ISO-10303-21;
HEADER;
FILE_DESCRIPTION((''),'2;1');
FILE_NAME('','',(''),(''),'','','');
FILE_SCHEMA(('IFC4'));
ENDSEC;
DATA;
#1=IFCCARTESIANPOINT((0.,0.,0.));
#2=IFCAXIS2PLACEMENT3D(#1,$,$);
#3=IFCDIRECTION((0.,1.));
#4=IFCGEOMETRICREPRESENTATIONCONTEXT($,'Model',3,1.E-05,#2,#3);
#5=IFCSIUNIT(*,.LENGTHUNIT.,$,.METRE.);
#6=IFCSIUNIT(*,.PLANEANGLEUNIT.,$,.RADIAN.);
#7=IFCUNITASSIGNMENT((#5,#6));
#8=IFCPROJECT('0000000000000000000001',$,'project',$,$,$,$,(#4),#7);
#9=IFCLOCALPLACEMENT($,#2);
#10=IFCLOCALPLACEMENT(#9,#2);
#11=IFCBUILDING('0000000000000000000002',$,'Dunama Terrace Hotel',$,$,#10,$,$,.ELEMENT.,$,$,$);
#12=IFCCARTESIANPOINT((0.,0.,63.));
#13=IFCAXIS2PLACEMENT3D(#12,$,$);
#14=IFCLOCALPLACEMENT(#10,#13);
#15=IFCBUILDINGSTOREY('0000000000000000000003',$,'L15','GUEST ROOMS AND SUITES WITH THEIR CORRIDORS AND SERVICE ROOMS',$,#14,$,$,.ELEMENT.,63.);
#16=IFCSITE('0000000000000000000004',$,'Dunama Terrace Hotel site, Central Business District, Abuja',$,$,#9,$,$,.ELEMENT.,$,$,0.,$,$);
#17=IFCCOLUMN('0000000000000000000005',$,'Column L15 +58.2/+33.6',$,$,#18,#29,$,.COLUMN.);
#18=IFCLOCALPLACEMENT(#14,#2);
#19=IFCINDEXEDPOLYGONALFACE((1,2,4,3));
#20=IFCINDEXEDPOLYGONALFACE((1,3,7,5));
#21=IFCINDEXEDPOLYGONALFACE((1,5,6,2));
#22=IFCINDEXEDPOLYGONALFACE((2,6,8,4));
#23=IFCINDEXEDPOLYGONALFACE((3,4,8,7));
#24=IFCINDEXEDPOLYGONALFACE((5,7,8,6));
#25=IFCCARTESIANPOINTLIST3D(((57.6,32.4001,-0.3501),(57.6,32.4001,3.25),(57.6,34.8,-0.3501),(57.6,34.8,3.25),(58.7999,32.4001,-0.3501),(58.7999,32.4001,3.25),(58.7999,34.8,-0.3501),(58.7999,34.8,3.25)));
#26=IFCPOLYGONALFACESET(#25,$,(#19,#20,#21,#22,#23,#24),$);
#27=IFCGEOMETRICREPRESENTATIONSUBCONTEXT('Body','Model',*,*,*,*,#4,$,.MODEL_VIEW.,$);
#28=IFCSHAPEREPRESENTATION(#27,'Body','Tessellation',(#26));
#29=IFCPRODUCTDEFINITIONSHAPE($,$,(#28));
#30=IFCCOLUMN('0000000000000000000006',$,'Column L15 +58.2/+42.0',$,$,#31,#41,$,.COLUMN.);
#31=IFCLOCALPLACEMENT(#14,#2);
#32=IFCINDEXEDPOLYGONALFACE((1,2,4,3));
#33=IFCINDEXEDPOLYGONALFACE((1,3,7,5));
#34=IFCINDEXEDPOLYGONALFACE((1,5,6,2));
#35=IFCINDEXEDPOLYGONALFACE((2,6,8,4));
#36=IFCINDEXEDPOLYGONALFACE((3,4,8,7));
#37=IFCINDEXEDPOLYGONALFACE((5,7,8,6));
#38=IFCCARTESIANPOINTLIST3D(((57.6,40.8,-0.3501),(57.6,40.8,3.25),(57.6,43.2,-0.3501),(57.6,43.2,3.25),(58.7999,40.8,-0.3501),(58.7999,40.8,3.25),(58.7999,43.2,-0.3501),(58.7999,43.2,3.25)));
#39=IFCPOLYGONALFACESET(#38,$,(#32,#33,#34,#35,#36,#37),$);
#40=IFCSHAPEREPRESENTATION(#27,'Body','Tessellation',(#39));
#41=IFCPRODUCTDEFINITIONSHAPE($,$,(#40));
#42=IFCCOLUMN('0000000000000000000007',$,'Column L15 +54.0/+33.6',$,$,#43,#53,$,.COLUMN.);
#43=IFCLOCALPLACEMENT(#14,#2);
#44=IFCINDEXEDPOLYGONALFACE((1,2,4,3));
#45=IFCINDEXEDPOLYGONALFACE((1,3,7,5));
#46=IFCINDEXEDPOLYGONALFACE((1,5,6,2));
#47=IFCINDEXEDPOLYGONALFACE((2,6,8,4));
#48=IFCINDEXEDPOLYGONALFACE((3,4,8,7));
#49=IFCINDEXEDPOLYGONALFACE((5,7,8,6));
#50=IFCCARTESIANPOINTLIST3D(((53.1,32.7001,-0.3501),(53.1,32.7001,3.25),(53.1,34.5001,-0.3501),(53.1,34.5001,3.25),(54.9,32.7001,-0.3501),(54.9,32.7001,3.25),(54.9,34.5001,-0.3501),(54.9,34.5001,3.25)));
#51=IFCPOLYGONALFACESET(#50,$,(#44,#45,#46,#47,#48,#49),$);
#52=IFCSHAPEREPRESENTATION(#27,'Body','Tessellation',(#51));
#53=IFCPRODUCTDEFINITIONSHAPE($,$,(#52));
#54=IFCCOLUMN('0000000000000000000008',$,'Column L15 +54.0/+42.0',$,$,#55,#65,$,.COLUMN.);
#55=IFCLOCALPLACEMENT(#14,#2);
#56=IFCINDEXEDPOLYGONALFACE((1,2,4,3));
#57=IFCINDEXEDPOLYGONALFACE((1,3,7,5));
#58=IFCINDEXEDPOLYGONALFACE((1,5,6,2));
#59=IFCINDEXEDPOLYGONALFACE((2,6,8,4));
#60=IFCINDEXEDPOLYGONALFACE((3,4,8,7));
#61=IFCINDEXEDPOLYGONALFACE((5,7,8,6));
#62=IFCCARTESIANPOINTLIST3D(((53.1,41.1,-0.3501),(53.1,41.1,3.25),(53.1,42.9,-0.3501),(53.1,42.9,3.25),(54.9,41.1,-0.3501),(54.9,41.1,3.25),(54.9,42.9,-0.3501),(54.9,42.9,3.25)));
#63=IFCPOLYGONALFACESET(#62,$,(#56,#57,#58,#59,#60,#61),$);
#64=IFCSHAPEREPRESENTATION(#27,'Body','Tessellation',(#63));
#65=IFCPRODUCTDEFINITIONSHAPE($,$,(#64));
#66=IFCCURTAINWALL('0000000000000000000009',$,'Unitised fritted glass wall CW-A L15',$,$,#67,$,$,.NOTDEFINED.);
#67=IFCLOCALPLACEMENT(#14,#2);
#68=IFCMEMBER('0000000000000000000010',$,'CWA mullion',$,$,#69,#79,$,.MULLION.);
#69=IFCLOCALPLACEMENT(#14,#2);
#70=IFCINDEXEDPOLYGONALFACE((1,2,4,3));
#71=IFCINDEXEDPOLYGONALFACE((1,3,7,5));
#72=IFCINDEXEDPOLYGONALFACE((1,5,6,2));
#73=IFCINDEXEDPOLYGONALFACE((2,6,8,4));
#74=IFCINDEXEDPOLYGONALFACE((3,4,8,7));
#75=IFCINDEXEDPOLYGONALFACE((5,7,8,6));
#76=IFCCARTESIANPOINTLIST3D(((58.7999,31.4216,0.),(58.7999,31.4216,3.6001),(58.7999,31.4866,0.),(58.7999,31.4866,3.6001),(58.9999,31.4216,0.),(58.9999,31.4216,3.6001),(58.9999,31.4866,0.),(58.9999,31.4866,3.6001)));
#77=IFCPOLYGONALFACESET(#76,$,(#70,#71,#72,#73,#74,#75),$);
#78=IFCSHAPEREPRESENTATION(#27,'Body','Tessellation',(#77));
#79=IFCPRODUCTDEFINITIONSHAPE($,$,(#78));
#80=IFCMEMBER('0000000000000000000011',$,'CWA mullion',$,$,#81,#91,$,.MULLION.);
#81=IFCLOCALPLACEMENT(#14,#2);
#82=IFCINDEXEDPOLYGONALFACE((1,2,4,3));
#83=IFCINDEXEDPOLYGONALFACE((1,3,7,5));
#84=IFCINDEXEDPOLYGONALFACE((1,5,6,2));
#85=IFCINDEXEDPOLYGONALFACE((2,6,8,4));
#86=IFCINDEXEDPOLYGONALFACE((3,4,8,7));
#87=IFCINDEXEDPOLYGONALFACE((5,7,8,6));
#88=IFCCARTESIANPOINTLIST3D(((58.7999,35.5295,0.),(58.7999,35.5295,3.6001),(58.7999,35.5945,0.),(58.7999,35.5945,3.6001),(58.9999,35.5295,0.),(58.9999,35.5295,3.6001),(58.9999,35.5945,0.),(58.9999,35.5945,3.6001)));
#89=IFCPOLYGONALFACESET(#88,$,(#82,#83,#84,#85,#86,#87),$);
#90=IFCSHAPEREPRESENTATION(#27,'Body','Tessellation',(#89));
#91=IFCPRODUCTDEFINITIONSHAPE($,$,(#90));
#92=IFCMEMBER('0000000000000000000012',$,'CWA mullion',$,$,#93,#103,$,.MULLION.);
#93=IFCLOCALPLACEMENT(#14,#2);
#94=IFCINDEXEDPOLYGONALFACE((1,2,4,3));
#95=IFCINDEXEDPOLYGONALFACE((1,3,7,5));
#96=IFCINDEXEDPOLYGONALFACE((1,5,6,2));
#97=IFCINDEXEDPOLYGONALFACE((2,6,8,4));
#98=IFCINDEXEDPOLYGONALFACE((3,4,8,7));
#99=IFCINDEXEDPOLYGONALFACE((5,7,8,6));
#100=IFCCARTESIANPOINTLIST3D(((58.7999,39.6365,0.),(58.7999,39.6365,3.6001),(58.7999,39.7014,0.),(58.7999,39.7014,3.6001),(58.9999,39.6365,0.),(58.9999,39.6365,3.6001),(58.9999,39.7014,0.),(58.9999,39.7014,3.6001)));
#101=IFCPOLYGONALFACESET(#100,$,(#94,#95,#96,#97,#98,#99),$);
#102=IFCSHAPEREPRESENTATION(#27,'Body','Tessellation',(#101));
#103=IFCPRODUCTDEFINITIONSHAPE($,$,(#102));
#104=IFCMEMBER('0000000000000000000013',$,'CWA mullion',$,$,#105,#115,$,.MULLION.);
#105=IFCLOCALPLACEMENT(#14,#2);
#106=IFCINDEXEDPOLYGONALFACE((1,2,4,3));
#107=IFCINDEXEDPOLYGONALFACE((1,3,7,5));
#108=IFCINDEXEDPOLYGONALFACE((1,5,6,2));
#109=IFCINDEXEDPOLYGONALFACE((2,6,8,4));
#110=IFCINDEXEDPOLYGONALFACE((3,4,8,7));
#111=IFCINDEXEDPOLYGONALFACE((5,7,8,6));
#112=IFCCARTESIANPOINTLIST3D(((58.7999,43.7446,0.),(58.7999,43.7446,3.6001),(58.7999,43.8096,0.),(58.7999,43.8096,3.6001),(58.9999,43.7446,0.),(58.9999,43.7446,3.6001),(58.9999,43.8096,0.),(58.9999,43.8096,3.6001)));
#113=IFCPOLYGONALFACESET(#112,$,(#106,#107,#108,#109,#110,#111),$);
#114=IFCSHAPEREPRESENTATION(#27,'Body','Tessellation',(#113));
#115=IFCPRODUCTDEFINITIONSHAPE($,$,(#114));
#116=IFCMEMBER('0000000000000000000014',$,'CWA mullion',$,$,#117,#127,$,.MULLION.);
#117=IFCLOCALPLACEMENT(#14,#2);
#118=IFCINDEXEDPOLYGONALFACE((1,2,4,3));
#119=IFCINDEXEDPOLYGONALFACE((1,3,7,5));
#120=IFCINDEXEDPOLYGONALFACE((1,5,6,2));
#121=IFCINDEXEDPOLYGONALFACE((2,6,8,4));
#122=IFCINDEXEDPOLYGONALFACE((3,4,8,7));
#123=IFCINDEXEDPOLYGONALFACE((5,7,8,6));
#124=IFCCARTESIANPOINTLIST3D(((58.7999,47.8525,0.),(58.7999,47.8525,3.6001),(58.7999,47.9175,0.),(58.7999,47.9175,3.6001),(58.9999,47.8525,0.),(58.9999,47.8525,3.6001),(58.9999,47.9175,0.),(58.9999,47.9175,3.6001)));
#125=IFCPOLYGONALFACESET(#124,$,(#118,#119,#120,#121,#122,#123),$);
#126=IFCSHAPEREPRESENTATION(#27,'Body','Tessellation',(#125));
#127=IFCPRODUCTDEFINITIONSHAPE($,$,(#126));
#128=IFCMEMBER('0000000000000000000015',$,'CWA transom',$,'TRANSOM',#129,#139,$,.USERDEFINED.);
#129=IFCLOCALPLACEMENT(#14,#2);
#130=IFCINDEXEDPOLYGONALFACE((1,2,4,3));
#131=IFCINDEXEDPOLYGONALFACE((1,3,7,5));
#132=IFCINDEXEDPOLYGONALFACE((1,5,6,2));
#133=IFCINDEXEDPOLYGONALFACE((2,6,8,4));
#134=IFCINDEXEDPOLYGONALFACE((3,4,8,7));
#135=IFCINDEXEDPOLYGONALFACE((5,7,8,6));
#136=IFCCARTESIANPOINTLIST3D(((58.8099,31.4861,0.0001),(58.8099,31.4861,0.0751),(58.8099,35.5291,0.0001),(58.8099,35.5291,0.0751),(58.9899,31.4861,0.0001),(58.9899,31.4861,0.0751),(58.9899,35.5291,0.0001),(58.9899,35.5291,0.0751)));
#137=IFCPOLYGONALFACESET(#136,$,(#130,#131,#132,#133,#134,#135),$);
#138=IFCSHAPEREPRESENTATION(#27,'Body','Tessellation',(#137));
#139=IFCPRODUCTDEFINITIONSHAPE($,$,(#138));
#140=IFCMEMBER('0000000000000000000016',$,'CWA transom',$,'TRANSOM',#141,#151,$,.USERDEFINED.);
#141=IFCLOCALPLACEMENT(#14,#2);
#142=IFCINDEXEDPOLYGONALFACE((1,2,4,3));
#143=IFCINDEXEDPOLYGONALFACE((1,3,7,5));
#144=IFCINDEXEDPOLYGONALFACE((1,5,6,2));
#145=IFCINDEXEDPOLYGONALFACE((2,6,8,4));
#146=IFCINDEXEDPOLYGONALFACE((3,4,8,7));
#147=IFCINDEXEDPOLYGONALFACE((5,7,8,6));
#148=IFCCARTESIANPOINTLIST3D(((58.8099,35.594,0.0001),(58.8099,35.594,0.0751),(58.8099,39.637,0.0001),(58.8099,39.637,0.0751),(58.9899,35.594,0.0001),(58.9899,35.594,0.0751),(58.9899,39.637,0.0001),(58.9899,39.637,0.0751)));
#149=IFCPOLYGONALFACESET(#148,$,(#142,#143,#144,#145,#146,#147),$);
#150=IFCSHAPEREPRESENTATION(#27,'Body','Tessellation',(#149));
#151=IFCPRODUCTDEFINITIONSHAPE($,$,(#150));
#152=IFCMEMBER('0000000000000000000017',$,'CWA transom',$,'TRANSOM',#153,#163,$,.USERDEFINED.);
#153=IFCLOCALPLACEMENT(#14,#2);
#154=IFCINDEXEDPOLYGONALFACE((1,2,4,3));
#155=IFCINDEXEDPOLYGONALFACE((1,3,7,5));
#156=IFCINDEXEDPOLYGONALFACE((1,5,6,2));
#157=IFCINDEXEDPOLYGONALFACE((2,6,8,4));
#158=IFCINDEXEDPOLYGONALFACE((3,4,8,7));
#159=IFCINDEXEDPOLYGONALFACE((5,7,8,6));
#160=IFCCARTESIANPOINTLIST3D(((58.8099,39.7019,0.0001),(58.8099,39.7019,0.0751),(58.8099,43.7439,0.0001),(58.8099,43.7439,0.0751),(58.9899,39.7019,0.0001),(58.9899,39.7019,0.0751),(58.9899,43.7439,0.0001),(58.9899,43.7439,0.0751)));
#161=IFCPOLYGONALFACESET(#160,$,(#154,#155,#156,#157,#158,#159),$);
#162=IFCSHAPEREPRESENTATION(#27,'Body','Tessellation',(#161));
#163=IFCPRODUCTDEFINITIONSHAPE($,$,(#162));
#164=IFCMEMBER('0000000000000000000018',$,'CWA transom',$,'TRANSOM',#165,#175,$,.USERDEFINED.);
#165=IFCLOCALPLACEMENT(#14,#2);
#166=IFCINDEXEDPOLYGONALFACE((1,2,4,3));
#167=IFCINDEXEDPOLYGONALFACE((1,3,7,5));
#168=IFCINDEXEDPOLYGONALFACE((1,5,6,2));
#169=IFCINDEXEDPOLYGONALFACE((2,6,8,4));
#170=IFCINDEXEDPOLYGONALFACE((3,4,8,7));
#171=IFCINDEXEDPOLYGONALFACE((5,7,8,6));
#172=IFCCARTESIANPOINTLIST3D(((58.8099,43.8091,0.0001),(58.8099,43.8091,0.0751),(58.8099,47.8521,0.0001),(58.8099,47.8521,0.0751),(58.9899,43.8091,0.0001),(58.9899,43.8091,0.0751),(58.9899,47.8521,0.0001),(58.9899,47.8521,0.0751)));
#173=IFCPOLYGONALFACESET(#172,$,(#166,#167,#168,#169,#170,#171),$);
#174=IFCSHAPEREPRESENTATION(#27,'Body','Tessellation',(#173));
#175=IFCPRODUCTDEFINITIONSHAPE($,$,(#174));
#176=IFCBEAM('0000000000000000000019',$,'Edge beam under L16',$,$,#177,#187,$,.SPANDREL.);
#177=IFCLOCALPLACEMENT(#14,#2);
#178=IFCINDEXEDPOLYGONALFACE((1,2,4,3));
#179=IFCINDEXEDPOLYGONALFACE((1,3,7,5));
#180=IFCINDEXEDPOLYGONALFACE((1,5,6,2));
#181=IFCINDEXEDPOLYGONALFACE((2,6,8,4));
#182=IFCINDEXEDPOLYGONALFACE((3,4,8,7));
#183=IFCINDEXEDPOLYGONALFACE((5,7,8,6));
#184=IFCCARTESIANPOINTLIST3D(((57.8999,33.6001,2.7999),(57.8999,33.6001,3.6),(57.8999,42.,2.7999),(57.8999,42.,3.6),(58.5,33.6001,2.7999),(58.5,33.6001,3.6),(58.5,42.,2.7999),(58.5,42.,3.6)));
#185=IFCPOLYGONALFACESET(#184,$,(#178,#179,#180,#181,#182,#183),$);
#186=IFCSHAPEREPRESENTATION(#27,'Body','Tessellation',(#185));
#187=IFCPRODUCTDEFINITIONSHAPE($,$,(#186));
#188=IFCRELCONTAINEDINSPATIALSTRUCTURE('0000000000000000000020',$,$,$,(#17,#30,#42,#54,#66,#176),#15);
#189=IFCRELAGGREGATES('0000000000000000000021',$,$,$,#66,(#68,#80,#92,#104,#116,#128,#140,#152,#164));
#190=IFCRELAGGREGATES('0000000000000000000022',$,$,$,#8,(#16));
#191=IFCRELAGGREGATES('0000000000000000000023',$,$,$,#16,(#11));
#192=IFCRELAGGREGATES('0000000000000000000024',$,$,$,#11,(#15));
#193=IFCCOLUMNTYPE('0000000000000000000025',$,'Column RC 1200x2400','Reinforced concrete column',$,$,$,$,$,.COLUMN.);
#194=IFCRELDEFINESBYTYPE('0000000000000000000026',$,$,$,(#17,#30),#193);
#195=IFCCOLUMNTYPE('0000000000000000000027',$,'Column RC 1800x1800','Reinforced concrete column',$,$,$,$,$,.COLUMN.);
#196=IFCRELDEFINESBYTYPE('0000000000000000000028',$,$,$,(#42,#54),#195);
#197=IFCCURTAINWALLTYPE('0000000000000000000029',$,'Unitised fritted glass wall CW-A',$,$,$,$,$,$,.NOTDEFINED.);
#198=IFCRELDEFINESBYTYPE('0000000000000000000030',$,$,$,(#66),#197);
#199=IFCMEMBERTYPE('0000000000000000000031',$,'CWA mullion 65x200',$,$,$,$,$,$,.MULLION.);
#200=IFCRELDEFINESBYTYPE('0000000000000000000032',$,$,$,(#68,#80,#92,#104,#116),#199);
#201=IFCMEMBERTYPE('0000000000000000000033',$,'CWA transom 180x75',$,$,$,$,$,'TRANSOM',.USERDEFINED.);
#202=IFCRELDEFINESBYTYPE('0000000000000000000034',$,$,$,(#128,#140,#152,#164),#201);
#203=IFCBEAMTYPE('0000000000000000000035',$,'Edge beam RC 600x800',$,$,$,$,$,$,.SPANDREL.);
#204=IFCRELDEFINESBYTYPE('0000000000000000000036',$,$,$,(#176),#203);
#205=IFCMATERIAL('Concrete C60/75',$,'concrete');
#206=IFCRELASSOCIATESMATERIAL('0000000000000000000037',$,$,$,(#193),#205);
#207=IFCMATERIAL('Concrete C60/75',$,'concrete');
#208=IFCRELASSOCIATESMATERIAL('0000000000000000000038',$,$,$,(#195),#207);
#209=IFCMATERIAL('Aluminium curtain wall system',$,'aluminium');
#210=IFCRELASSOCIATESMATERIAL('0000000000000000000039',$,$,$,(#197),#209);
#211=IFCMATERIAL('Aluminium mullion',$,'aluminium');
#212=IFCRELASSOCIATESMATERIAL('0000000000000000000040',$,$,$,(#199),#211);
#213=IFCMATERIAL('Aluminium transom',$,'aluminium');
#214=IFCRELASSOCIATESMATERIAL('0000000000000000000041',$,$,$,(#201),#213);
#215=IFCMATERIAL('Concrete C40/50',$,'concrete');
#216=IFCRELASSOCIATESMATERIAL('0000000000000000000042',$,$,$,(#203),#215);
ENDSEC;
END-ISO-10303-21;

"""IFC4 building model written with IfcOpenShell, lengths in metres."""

from ifc_helpers import new_model, si_unit, direction, frame, origin, origin_2d, place, context, subcontext, project, spatial, rectangle, extrude, material, material_profile, profile_set, type_object, element, aggregate, save


model = new_model("IFC4")

# Units and contexts
model_context = context("Model", 3, precision=1e-05, world=origin(), true_north=direction((0.0, 1.0)))
body_context = subcontext(model_context, "Body", "Model", "MODEL_VIEW")
ifc_project = project(units=[si_unit("LENGTHUNIT", "METRE"), si_unit("PLANEANGLEUNIT", "RADIAN")], contexts=[model_context])

# Site, building, storey
site_placement = place(None, origin())
site = spatial("IfcSite", under=ifc_project, at=site_placement, Name="Dunama Terrace Hotel site, Central Business District, Abuja", CompositionType="ELEMENT", RefElevation=0.0)
building_placement = place(site_placement, origin())
building = spatial("IfcBuilding", under=site, at=building_placement, Name="Dunama Terrace Hotel", CompositionType="ELEMENT")
storey_placement = place(building_placement, frame((0.0, 0.0, 63.0)))
storey = spatial("IfcBuildingStorey", under=building, at=storey_placement, Name="L15", Description="GUEST ROOMS AND SUITES WITH THEIR CORRIDORS AND SERVICE ROOMS", CompositionType="ELEMENT", Elevation=63.0)

# Columns
ifc_material_1 = material(Name="Concrete C60/75", Category="concrete")
ifc_material_profile_1 = material_profile(ifc_material_1, rectangle(XDim=1.2, YDim=2.3999, at=origin_2d()), Name="RC 1200x2400")
ifc_profile_set_1 = profile_set([ifc_material_profile_1], Name="Concrete C60/75")
column_type_1 = type_object("IfcColumnType", Name="Column RC 1200x2400", Description="Reinforced concrete column", PredefinedType="COLUMN", material=ifc_profile_set_1)
for number, where, z_axis, x_axis, name in (
    (1, (58.2, 33.6001, -0.3501), (0.0, 0.0, 1.0), (1.0, 0.0, 0.0), "Column L15 +58.2/+33.6"),
    (2, (58.2, 42.0, -0.3501), (0.0, 0.0, 1.0), (1.0, 0.0, 0.0), "Column L15 +58.2/+42.0"),
):
    element("IfcColumn", number, at=place(storey_placement, frame(where, z_axis=z_axis, x_axis=x_axis)), inside=storey, type_object=column_type_1, Name=name, PredefinedType="COLUMN", context=body_context, shape_type="SweptSolid", body=[
        extrude(rectangle(XDim=1.2, YDim=2.3999, at=origin_2d()), origin(), (0.0, 0.0, 1.0), 3.6001),
    ])
ifc_material_2 = material(Name="Concrete C60/75", Category="concrete")
ifc_material_profile_2 = material_profile(ifc_material_2, rectangle(XDim=1.8, YDim=1.8, at=origin_2d()), Name="RC 1800x1800")
ifc_profile_set_2 = profile_set([ifc_material_profile_2], Name="Concrete C60/75")
column_type_2 = type_object("IfcColumnType", Name="Column RC 1800x1800", Description="Reinforced concrete column", PredefinedType="COLUMN", material=ifc_profile_set_2)
for number, where, z_axis, x_axis, name in (
    (3, (54.0, 33.6001, -0.3501), (0.0, 0.0, 1.0), (1.0, 0.0, 0.0), "Column L15 +54.0/+33.6"),
    (4, (54.0, 42.0, -0.3501), (0.0, 0.0, 1.0), (1.0, 0.0, 0.0), "Column L15 +54.0/+42.0"),
):
    element("IfcColumn", number, at=place(storey_placement, frame(where, z_axis=z_axis, x_axis=x_axis)), inside=storey, type_object=column_type_2, Name=name, PredefinedType="COLUMN", context=body_context, shape_type="SweptSolid", body=[
        extrude(rectangle(XDim=1.8, YDim=1.8, at=origin_2d()), origin(), (0.0, 0.0, 1.0), 3.6001),
    ])

# Curtain wall, members
ifc_material_3 = material(Name="Aluminium curtain wall system", Category="aluminium")
curtain_wall_type = type_object("IfcCurtainWallType", Name="Unitised fritted glass wall CW-A", PredefinedType="NOTDEFINED", material=ifc_material_3)
curtain_wall_placement = place(storey_placement, origin())
curtain_wall = element("IfcCurtainWall", 5, at=curtain_wall_placement, inside=storey, type_object=curtain_wall_type, Name="Unitised fritted glass wall CW-A L15", PredefinedType="NOTDEFINED")
ifc_material_4 = material(Name="Aluminium mullion", Category="aluminium")
ifc_material_profile_3 = material_profile(ifc_material_4, rectangle(XDim=0.0649, YDim=0.2, at=origin_2d()), Name="CWA MULLION 65X200")
ifc_profile_set_3 = profile_set([ifc_material_profile_3], Name="Aluminium mullion")
member_type_1 = type_object("IfcMemberType", Name="CWA mullion 65x200", PredefinedType="MULLION", material=ifc_profile_set_3)
member_1_placement = place(storey_placement, frame((58.8999, 31.4541, 0.0), z_axis=(0.0, 0.0, 1.0), x_axis=(0.0, 1.0, 0.0)))
member_1 = element("IfcMember", 6, at=member_1_placement, type_object=member_type_1, Name="CWA mullion", PredefinedType="MULLION", context=body_context, shape_type="SweptSolid", body=[
    extrude(rectangle(XDim=0.0649, YDim=0.2, at=origin_2d()), origin(), (0.0, 0.0, 1.0), 3.6001),
])
member_2_placement = place(storey_placement, frame((58.8999, 35.562, 0.0), z_axis=(0.0, 0.0, 1.0), x_axis=(0.0, 1.0, 0.0)))
member_2 = element("IfcMember", 7, at=member_2_placement, type_object=member_type_1, Name="CWA mullion", PredefinedType="MULLION", context=body_context, shape_type="SweptSolid", body=[
    extrude(rectangle(XDim=0.0649, YDim=0.2, at=origin_2d()), origin(), (0.0, 0.0, 1.0), 3.6001),
])
member_3_placement = place(storey_placement, frame((58.8999, 39.6689, 0.0), z_axis=(0.0, 0.0, 1.0), x_axis=(0.0, 1.0, 0.0)))
member_3 = element("IfcMember", 8, at=member_3_placement, type_object=member_type_1, Name="CWA mullion", PredefinedType="MULLION", context=body_context, shape_type="SweptSolid", body=[
    extrude(rectangle(XDim=0.0649, YDim=0.2, at=origin_2d()), origin(), (0.0, 0.0, 1.0), 3.6001),
])
member_4_placement = place(storey_placement, frame((58.8999, 43.7771, 0.0), z_axis=(0.0, 0.0, 1.0), x_axis=(0.0, 1.0, 0.0)))
member_4 = element("IfcMember", 9, at=member_4_placement, type_object=member_type_1, Name="CWA mullion", PredefinedType="MULLION", context=body_context, shape_type="SweptSolid", body=[
    extrude(rectangle(XDim=0.0649, YDim=0.2, at=origin_2d()), origin(), (0.0, 0.0, 1.0), 3.6001),
])
member_5_placement = place(storey_placement, frame((58.8999, 47.885, 0.0), z_axis=(0.0, 0.0, 1.0), x_axis=(0.0, 1.0, 0.0)))
member_5 = element("IfcMember", 10, at=member_5_placement, type_object=member_type_1, Name="CWA mullion", PredefinedType="MULLION", context=body_context, shape_type="SweptSolid", body=[
    extrude(rectangle(XDim=0.0649, YDim=0.2, at=origin_2d()), origin(), (0.0, 0.0, 1.0), 3.6001),
])
ifc_material_5 = material(Name="Aluminium transom", Category="aluminium")
ifc_material_profile_4 = material_profile(ifc_material_5, rectangle(XDim=0.1799, YDim=0.075, at=origin_2d()), Name="CWA TRANSOM 180X75")
ifc_profile_set_4 = profile_set([ifc_material_profile_4], Name="Aluminium transom")
member_type_2 = type_object("IfcMemberType", Name="CWA transom 180x75", ElementType="TRANSOM", PredefinedType="USERDEFINED", material=ifc_profile_set_4)
member_6_placement = place(storey_placement, frame((58.8999, 31.4861, 0.0376), z_axis=(0.0, 1.0, 0.0), x_axis=(-1.0, 0.0, 0.0)))
member_6 = element("IfcMember", 11, at=member_6_placement, type_object=member_type_2, Name="CWA transom", ObjectType="TRANSOM", PredefinedType="USERDEFINED", context=body_context, shape_type="SweptSolid", body=[
    extrude(rectangle(XDim=0.1799, YDim=0.075, at=origin_2d()), origin(), (0.0, 0.0, 1.0), 4.043),
])
member_7_placement = place(storey_placement, frame((58.8999, 35.594, 0.0376), z_axis=(0.0, 1.0, 0.0), x_axis=(-1.0, 0.0, 0.0)))
member_7 = element("IfcMember", 12, at=member_7_placement, type_object=member_type_2, Name="CWA transom", ObjectType="TRANSOM", PredefinedType="USERDEFINED", context=body_context, shape_type="SweptSolid", body=[
    extrude(rectangle(XDim=0.1799, YDim=0.075, at=origin_2d()), origin(), (0.0, 0.0, 1.0), 4.043),
])
member_8_placement = place(storey_placement, frame((58.8999, 39.7019, 0.0376), z_axis=(0.0, 1.0, 0.0), x_axis=(-1.0, 0.0, 0.0)))
member_8 = element("IfcMember", 13, at=member_8_placement, type_object=member_type_2, Name="CWA transom", ObjectType="TRANSOM", PredefinedType="USERDEFINED", context=body_context, shape_type="SweptSolid", body=[
    extrude(rectangle(XDim=0.1799, YDim=0.075, at=origin_2d()), origin(), (0.0, 0.0, 1.0), 4.042),
])
member_9_placement = place(storey_placement, frame((58.8999, 43.8091, 0.0376), z_axis=(0.0, 1.0, 0.0), x_axis=(-1.0, 0.0, 0.0)))
member_9 = element("IfcMember", 14, at=member_9_placement, type_object=member_type_2, Name="CWA transom", ObjectType="TRANSOM", PredefinedType="USERDEFINED", context=body_context, shape_type="SweptSolid", body=[
    extrude(rectangle(XDim=0.1799, YDim=0.075, at=origin_2d()), origin(), (0.0, 0.0, 1.0), 4.043),
])

# Beam
ifc_material_6 = material(Name="Concrete C40/50", Category="concrete")
ifc_material_profile_5 = material_profile(ifc_material_6, rectangle(XDim=0.6001, YDim=0.8, at=origin_2d()), Name="RC 600x800")
ifc_profile_set_5 = profile_set([ifc_material_profile_5], Name="Concrete C40/50")
beam_type = type_object("IfcBeamType", Name="Edge beam RC 600x800", PredefinedType="SPANDREL", material=ifc_profile_set_5)
for number, where, z_axis, x_axis, name in (
    (15, (58.2, 33.6001, 3.2), (0.0, 1.0, 0.0), (-1.0, 0.0, 0.0), "Edge beam under L16"),
):
    element("IfcBeam", number, at=place(storey_placement, frame(where, z_axis=z_axis, x_axis=x_axis)), inside=storey, type_object=beam_type, Name=name, PredefinedType="SPANDREL", context=body_context, shape_type="SweptSolid", body=[
        extrude(rectangle(XDim=0.6001, YDim=0.8, at=origin_2d()), origin(), (0.0, 0.0, 1.0), 8.3999),
    ])

aggregate(curtain_wall, [member_1, member_2, member_3, member_4, member_5, member_6, member_7, member_8, member_9])

save(model, "model.ifc")
